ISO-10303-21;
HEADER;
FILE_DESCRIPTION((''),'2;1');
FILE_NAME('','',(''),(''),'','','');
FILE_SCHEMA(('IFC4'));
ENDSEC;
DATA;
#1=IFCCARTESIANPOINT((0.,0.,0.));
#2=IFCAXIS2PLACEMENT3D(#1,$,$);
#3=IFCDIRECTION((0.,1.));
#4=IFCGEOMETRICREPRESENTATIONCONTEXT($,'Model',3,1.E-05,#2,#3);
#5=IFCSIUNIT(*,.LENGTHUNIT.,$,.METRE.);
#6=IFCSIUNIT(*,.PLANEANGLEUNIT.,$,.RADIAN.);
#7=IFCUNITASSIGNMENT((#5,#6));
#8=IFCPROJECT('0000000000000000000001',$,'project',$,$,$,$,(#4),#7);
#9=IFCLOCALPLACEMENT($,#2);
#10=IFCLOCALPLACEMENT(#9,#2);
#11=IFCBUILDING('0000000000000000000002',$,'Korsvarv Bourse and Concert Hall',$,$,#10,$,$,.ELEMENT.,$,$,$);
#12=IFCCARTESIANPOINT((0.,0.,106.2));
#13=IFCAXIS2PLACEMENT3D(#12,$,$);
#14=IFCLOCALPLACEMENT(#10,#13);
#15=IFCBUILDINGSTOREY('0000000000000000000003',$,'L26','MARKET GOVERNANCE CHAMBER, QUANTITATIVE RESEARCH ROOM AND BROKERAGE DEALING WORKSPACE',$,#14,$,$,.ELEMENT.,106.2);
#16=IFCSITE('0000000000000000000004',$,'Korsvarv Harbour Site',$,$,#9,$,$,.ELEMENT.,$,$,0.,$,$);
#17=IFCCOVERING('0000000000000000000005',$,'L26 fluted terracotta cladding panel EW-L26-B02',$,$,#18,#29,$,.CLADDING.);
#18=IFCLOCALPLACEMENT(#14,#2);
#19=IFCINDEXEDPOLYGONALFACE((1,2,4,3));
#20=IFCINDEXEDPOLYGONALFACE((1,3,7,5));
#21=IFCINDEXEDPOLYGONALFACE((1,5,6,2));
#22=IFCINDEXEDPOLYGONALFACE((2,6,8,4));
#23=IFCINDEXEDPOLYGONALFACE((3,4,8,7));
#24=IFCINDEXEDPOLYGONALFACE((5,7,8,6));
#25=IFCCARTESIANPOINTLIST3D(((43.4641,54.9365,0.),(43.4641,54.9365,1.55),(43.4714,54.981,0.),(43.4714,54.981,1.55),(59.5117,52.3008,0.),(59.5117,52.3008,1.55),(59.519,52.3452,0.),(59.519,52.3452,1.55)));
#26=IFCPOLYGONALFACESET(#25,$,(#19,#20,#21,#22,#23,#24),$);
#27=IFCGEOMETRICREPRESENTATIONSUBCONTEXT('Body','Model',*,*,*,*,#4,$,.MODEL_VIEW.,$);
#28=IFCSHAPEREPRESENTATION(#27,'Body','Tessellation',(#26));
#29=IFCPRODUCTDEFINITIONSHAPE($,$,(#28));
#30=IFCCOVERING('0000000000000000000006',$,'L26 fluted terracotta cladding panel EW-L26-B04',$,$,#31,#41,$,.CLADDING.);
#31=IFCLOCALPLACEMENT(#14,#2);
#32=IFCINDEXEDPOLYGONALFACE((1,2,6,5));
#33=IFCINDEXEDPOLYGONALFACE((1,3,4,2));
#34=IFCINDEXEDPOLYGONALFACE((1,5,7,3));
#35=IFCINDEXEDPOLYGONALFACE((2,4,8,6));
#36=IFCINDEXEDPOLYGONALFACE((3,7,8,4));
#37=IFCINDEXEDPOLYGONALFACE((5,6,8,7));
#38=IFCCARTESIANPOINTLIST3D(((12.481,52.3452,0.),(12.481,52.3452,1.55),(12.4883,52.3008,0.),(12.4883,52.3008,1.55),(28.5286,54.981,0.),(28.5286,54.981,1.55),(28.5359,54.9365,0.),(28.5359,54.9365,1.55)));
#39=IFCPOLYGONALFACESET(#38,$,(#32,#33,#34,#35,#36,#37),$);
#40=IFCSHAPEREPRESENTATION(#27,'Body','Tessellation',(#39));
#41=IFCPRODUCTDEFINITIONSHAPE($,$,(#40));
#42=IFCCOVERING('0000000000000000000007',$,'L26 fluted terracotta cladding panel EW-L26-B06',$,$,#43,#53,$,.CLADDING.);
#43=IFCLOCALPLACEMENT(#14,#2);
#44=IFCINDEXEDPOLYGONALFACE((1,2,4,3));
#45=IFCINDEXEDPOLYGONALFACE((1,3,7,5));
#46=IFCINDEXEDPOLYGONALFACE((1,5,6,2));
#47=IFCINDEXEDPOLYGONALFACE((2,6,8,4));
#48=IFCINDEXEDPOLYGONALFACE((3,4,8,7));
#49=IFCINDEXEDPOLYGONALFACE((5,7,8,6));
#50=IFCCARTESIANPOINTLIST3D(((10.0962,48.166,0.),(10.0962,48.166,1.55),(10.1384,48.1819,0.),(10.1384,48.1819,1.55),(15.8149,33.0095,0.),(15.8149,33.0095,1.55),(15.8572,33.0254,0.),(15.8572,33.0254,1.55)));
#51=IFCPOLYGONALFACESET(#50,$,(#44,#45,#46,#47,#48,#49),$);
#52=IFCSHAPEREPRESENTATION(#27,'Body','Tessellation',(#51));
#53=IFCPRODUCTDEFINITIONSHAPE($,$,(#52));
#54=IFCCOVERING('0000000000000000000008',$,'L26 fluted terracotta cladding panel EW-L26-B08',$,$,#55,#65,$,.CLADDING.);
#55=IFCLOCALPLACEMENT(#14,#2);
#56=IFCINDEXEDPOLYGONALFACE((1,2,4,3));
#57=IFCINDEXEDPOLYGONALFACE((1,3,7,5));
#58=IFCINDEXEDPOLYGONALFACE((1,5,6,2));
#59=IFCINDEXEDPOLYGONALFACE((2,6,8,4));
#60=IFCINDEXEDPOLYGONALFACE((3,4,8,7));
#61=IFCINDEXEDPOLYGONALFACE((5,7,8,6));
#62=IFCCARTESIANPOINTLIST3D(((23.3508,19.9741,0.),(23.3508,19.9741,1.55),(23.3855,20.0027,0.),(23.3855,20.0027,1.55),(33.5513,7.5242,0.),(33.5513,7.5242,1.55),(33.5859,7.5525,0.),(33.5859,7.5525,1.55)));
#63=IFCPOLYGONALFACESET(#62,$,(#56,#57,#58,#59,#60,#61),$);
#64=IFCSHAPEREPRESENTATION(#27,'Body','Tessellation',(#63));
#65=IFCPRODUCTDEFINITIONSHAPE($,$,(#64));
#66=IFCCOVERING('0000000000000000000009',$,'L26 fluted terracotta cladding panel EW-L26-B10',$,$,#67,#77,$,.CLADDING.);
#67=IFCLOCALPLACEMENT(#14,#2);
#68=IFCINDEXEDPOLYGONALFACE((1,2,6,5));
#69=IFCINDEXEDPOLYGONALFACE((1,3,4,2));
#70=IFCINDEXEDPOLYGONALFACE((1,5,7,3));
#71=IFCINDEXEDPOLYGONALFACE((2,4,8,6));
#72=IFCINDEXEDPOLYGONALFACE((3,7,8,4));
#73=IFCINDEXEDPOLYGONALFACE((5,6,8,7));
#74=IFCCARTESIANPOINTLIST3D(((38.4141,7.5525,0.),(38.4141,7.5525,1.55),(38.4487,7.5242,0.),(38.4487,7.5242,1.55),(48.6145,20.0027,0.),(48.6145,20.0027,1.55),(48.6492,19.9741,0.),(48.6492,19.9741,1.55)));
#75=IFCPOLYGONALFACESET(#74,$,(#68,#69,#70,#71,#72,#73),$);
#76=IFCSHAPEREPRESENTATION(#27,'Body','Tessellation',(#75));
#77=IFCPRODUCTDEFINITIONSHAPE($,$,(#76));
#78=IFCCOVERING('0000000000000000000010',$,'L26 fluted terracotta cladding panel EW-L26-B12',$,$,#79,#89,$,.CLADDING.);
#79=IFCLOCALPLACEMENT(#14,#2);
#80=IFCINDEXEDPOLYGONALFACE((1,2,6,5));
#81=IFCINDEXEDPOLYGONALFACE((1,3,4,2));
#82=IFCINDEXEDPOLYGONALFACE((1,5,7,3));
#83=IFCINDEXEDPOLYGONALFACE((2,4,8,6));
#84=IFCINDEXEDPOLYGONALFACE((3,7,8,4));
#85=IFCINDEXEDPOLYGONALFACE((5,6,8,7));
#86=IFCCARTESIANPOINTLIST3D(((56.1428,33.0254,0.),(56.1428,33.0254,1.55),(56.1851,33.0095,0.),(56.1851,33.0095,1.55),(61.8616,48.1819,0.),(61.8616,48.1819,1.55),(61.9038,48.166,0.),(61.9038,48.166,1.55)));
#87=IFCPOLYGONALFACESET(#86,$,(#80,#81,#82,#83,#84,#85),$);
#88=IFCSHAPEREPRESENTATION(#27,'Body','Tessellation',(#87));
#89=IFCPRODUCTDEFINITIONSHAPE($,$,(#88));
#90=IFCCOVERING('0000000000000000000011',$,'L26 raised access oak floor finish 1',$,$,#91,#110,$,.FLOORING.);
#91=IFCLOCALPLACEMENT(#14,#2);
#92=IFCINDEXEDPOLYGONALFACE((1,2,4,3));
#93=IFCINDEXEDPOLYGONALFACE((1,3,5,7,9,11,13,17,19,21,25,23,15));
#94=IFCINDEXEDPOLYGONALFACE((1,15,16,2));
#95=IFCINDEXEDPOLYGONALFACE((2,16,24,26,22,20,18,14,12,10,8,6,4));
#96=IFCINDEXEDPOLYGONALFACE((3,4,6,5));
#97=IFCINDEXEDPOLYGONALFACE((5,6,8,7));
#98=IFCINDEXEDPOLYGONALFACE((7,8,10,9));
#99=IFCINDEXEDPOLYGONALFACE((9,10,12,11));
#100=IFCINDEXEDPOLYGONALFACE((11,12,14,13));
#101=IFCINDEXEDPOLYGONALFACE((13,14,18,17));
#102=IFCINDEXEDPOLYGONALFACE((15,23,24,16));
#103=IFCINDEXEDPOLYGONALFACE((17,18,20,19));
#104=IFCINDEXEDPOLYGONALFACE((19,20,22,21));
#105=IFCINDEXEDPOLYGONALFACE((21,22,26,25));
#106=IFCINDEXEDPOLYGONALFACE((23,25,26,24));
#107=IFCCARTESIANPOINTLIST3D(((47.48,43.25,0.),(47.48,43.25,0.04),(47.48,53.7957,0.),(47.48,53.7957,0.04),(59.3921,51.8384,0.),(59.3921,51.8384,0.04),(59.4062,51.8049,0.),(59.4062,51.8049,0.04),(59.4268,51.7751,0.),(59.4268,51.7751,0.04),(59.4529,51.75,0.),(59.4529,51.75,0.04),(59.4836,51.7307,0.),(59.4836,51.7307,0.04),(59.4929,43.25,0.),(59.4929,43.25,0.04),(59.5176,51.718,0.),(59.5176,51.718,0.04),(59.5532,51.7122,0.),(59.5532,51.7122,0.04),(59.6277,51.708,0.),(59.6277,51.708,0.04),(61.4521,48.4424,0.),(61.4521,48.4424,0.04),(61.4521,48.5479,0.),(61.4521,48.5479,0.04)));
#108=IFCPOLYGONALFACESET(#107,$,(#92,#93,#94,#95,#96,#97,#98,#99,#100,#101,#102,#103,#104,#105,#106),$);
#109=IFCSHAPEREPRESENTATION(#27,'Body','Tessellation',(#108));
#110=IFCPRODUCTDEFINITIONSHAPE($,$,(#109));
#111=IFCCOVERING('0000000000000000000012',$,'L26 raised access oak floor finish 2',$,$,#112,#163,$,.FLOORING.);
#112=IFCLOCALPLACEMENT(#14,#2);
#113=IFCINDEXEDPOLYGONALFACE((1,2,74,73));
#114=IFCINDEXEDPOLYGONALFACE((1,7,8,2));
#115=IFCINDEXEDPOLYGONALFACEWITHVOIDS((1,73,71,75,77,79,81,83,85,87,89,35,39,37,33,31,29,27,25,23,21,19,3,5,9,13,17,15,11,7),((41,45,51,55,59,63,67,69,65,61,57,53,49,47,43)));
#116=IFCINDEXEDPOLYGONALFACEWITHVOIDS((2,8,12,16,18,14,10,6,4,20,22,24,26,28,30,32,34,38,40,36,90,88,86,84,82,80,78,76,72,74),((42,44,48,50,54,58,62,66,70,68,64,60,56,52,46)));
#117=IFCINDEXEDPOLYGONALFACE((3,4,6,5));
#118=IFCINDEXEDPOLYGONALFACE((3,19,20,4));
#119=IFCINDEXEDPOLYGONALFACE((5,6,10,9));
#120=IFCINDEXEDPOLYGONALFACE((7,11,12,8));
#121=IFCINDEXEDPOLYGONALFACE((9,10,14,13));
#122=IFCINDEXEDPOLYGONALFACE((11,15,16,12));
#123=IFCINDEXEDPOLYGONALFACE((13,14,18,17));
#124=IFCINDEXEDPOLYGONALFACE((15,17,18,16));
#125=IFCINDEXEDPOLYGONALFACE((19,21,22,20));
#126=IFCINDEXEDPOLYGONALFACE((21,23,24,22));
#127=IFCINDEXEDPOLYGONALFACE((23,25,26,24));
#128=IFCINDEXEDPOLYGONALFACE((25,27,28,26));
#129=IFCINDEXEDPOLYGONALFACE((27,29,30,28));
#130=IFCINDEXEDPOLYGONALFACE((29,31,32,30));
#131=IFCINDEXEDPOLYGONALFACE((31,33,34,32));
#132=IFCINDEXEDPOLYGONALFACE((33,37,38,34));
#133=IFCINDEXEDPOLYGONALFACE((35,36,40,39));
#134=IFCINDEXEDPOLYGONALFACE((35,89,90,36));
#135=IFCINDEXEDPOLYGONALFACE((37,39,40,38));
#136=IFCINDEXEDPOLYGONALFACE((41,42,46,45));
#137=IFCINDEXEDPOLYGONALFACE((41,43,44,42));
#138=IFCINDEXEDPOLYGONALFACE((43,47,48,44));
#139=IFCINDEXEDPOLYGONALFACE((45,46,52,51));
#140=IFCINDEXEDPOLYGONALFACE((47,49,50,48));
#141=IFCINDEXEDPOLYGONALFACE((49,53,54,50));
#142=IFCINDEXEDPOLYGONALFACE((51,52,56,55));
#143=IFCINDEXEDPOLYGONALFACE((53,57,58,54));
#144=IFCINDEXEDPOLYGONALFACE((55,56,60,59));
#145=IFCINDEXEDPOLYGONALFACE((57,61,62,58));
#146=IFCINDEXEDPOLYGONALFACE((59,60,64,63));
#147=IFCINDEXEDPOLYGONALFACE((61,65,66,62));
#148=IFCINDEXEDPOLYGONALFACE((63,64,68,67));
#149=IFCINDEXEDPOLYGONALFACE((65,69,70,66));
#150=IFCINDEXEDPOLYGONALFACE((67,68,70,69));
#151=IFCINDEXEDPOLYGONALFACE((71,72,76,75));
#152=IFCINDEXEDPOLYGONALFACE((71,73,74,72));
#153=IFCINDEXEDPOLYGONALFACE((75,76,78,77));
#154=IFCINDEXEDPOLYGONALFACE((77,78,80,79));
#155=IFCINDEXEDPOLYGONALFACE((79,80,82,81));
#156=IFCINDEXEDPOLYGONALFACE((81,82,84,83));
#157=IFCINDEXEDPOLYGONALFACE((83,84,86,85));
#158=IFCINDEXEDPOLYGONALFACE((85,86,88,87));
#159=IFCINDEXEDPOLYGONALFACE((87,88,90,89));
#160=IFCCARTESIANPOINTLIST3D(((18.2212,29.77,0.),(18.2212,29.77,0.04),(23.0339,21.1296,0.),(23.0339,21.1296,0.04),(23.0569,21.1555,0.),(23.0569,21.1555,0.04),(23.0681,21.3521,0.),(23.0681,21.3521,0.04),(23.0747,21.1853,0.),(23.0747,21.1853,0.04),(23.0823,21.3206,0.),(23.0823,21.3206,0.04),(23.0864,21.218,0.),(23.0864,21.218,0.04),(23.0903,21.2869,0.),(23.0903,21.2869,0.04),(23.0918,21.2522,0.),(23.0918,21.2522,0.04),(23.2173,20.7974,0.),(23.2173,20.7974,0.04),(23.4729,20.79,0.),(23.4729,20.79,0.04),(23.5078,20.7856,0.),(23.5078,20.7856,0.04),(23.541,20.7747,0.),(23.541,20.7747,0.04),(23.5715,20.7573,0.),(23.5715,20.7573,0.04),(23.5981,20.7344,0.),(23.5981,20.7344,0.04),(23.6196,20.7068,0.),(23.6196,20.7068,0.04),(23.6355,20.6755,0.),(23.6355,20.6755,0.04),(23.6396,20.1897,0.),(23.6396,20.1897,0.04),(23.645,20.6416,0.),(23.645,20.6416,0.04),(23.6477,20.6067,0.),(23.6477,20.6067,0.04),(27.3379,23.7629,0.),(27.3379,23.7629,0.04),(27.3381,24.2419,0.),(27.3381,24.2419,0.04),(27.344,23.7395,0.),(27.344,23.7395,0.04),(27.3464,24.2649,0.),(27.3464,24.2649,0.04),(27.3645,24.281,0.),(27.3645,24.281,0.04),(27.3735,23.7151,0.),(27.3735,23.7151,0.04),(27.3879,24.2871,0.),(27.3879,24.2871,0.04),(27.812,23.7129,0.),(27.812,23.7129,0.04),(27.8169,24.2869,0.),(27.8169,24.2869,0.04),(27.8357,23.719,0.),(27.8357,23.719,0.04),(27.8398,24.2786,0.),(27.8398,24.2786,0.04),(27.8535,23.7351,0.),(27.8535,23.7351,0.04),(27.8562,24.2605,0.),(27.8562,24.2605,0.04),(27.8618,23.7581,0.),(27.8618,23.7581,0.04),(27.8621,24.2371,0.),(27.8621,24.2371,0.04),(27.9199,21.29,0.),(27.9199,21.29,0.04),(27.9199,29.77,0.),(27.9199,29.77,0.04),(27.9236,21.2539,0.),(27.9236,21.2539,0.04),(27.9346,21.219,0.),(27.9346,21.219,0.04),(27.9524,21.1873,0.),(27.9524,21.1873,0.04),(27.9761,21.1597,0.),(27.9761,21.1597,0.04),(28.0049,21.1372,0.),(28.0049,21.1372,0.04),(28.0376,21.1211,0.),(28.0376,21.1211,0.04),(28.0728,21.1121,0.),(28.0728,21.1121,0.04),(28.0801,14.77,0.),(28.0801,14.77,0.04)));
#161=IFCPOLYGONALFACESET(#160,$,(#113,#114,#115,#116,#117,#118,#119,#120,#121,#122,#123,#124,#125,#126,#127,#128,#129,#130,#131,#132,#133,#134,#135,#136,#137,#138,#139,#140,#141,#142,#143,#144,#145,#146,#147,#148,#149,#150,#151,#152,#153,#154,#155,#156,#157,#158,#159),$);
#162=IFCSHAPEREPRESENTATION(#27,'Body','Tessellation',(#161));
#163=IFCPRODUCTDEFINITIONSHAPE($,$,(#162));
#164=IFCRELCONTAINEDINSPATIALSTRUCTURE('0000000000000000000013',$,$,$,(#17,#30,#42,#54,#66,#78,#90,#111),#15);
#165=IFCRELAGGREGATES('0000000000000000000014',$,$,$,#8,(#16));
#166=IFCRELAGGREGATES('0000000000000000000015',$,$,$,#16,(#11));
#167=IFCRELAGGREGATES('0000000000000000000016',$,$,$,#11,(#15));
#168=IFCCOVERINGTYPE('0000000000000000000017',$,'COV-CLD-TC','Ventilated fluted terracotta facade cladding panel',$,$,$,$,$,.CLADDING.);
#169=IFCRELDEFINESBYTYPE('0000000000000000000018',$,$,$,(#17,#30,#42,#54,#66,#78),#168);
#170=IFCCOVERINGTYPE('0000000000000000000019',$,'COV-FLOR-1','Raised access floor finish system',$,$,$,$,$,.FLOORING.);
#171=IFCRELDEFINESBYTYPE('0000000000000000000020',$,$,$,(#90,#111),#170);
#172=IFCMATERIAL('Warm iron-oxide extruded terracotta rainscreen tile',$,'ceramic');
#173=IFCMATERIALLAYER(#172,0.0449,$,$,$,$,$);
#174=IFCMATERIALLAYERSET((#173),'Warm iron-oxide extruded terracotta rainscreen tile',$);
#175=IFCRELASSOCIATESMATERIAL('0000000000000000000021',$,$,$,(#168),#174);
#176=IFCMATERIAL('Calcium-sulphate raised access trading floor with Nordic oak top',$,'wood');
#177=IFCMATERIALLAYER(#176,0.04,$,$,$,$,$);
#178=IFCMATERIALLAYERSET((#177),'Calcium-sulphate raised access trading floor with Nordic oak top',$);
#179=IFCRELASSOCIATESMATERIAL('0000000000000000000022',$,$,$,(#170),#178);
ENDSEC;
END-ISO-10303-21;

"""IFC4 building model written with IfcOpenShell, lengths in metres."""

from ifc_helpers import new_model, si_unit, direction, frame, origin, place, context, subcontext, project, spatial, polyline, outline, extrude, material, layer, layer_set, type_object, element, save


model = new_model("IFC4")

# Units and contexts
model_context = context("Model", 3, precision=1e-05, world=origin(), true_north=direction((0.0, 1.0)))
body_context = subcontext(model_context, "Body", "Model", "MODEL_VIEW")
ifc_project = project(units=[si_unit("LENGTHUNIT", "METRE"), si_unit("PLANEANGLEUNIT", "RADIAN")], contexts=[model_context])

# Site, building, storey
site_placement = place(None, origin())
site = spatial("IfcSite", under=ifc_project, at=site_placement, Name="Korsvarv Harbour Site", CompositionType="ELEMENT", RefElevation=0.0)
building_placement = place(site_placement, origin())
building = spatial("IfcBuilding", under=site, at=building_placement, Name="Korsvarv Bourse and Concert Hall", CompositionType="ELEMENT")
storey_placement = place(building_placement, frame((0.0, 0.0, 106.2)))
storey = spatial("IfcBuildingStorey", under=building, at=storey_placement, Name="L26", Description="MARKET GOVERNANCE CHAMBER, QUANTITATIVE RESEARCH ROOM AND BROKERAGE DEALING WORKSPACE", CompositionType="ELEMENT", Elevation=106.2)

# Coverings
ifc_material_1 = material(Name="Warm iron-oxide extruded terracotta rainscreen tile", Category="ceramic")
ifc_layer_1 = layer(ifc_material_1, 0.0449)
ifc_layer_set_1 = layer_set([ifc_layer_1], Name="Warm iron-oxide extruded terracotta rainscreen tile")
covering_type_1 = type_object("IfcCoveringType", Name="COV-CLD-TC", Description="Ventilated fluted terracotta facade cladding panel", PredefinedType="CLADDING", material=ifc_layer_set_1)
covering_1_placement = place(storey_placement, origin())
element("IfcCovering", 1, at=covering_1_placement, inside=storey, type_object=covering_type_1, Name="L26 fluted terracotta cladding panel EW-L26-B02", PredefinedType="CLADDING", context=body_context, shape_type="SweptSolid", body=[
    extrude(outline(polyline([(59.5117, 52.3008), (43.4641, 54.9365), (43.4714, 54.981), (59.519, 52.3452), (59.5117, 52.3008)])), origin(), (0.0, 0.0, 1.0), 1.55),
])
covering_2_placement = place(storey_placement, origin())
element("IfcCovering", 2, at=covering_2_placement, inside=storey, type_object=covering_type_1, Name="L26 fluted terracotta cladding panel EW-L26-B04", PredefinedType="CLADDING", context=body_context, shape_type="SweptSolid", body=[
    extrude(outline(polyline([(28.5359, 54.9365), (12.4883, 52.3008), (12.481, 52.3452), (28.5286, 54.981), (28.5359, 54.9365)])), origin(), (0.0, 0.0, 1.0), 1.55),
])
covering_3_placement = place(storey_placement, origin())
element("IfcCovering", 3, at=covering_3_placement, inside=storey, type_object=covering_type_1, Name="L26 fluted terracotta cladding panel EW-L26-B06", PredefinedType="CLADDING", context=body_context, shape_type="SweptSolid", body=[
    extrude(outline(polyline([(10.1384, 48.1819), (15.8572, 33.0254), (15.8149, 33.0095), (10.0962, 48.166), (10.1384, 48.1819)])), origin(), (0.0, 0.0, 1.0), 1.55),
])
covering_4_placement = place(storey_placement, origin())
element("IfcCovering", 4, at=covering_4_placement, inside=storey, type_object=covering_type_1, Name="L26 fluted terracotta cladding panel EW-L26-B08", PredefinedType="CLADDING", context=body_context, shape_type="SweptSolid", body=[
    extrude(outline(polyline([(23.3855, 20.0027), (33.5859, 7.5525), (33.5513, 7.5242), (23.3508, 19.9741), (23.3855, 20.0027)])), origin(), (0.0, 0.0, 1.0), 1.55),
])
covering_5_placement = place(storey_placement, origin())
element("IfcCovering", 5, at=covering_5_placement, inside=storey, type_object=covering_type_1, Name="L26 fluted terracotta cladding panel EW-L26-B10", PredefinedType="CLADDING", context=body_context, shape_type="SweptSolid", body=[
    extrude(outline(polyline([(38.4141, 7.5525), (48.6145, 20.0027), (48.6492, 19.9741), (38.4487, 7.5242), (38.4141, 7.5525)])), origin(), (0.0, 0.0, 1.0), 1.55),
])
covering_6_placement = place(storey_placement, origin())
element("IfcCovering", 6, at=covering_6_placement, inside=storey, type_object=covering_type_1, Name="L26 fluted terracotta cladding panel EW-L26-B12", PredefinedType="CLADDING", context=body_context, shape_type="SweptSolid", body=[
    extrude(outline(polyline([(56.1428, 33.0254), (61.8616, 48.1819), (61.9038, 48.166), (56.1851, 33.0095), (56.1428, 33.0254)])), origin(), (0.0, 0.0, 1.0), 1.55),
])
ifc_material_2 = material(Name="Calcium-sulphate raised access trading floor with Nordic oak top", Category="wood")
ifc_layer_2 = layer(ifc_material_2, 0.04)
ifc_layer_set_2 = layer_set([ifc_layer_2], Name="Calcium-sulphate raised access trading floor with Nordic oak top")
covering_type_2 = type_object("IfcCoveringType", Name="COV-FLOR-1", Description="Raised access floor finish system", PredefinedType="FLOORING", material=ifc_layer_set_2)
covering_7_placement = place(storey_placement, origin())
element("IfcCovering", 7, at=covering_7_placement, inside=storey, type_object=covering_type_2, Name="L26 raised access oak floor finish 1", PredefinedType="FLOORING", context=body_context, shape_type="SweptSolid", body=[
    extrude(outline(polyline([(59.3921, 51.8384), (59.4062, 51.8049), (59.4268, 51.7751), (59.4529, 51.75), (59.4836, 51.7307), (59.5176, 51.718), (59.5532, 51.7122), (59.6277, 51.708), (61.4521, 48.5479), (61.4521, 48.4424), (59.4929, 43.25), (47.48, 43.25), (47.48, 53.7957), (59.3921, 51.8384)])), origin(), (0.0, 0.0, 1.0), 0.04),
])
covering_8_placement = place(storey_placement, origin())
element("IfcCovering", 8, at=covering_8_placement, inside=storey, type_object=covering_type_2, Name="L26 raised access oak floor finish 2", PredefinedType="FLOORING", context=body_context, shape_type="SweptSolid", body=[
    extrude(outline(polyline([(23.0339, 21.1296), (23.0569, 21.1555), (23.0747, 21.1853), (23.0864, 21.218), (23.0918, 21.2522), (23.0903, 21.2869), (23.0823, 21.3206), (23.0681, 21.3521), (18.2212, 29.77), (27.9199, 29.77), (27.9199, 21.29), (27.9236, 21.2539), (27.9346, 21.219), (27.9524, 21.1873), (27.9761, 21.1597), (28.0049, 21.1372), (28.0376, 21.1211), (28.0728, 21.1121), (28.0801, 14.77), (23.6396, 20.1897), (23.6477, 20.6067), (23.645, 20.6416), (23.6355, 20.6755), (23.6196, 20.7068), (23.5981, 20.7344), (23.5715, 20.7573), (23.541, 20.7747), (23.5078, 20.7856), (23.4729, 20.79), (23.2173, 20.7974), (23.0339, 21.1296)]), holes=[polyline([(27.3735, 23.7151), (27.812, 23.7129), (27.8357, 23.719), (27.8535, 23.7351), (27.8618, 23.7581), (27.8621, 24.2371), (27.8562, 24.2605), (27.8398, 24.2786), (27.8169, 24.2869), (27.3879, 24.2871), (27.3645, 24.281), (27.3464, 24.2649), (27.3381, 24.2419), (27.3379, 23.7629), (27.344, 23.7395), (27.3735, 23.7151)])]), origin(), (0.0, 0.0, 1.0), 0.04),
])

save(model, "model.ifc")
